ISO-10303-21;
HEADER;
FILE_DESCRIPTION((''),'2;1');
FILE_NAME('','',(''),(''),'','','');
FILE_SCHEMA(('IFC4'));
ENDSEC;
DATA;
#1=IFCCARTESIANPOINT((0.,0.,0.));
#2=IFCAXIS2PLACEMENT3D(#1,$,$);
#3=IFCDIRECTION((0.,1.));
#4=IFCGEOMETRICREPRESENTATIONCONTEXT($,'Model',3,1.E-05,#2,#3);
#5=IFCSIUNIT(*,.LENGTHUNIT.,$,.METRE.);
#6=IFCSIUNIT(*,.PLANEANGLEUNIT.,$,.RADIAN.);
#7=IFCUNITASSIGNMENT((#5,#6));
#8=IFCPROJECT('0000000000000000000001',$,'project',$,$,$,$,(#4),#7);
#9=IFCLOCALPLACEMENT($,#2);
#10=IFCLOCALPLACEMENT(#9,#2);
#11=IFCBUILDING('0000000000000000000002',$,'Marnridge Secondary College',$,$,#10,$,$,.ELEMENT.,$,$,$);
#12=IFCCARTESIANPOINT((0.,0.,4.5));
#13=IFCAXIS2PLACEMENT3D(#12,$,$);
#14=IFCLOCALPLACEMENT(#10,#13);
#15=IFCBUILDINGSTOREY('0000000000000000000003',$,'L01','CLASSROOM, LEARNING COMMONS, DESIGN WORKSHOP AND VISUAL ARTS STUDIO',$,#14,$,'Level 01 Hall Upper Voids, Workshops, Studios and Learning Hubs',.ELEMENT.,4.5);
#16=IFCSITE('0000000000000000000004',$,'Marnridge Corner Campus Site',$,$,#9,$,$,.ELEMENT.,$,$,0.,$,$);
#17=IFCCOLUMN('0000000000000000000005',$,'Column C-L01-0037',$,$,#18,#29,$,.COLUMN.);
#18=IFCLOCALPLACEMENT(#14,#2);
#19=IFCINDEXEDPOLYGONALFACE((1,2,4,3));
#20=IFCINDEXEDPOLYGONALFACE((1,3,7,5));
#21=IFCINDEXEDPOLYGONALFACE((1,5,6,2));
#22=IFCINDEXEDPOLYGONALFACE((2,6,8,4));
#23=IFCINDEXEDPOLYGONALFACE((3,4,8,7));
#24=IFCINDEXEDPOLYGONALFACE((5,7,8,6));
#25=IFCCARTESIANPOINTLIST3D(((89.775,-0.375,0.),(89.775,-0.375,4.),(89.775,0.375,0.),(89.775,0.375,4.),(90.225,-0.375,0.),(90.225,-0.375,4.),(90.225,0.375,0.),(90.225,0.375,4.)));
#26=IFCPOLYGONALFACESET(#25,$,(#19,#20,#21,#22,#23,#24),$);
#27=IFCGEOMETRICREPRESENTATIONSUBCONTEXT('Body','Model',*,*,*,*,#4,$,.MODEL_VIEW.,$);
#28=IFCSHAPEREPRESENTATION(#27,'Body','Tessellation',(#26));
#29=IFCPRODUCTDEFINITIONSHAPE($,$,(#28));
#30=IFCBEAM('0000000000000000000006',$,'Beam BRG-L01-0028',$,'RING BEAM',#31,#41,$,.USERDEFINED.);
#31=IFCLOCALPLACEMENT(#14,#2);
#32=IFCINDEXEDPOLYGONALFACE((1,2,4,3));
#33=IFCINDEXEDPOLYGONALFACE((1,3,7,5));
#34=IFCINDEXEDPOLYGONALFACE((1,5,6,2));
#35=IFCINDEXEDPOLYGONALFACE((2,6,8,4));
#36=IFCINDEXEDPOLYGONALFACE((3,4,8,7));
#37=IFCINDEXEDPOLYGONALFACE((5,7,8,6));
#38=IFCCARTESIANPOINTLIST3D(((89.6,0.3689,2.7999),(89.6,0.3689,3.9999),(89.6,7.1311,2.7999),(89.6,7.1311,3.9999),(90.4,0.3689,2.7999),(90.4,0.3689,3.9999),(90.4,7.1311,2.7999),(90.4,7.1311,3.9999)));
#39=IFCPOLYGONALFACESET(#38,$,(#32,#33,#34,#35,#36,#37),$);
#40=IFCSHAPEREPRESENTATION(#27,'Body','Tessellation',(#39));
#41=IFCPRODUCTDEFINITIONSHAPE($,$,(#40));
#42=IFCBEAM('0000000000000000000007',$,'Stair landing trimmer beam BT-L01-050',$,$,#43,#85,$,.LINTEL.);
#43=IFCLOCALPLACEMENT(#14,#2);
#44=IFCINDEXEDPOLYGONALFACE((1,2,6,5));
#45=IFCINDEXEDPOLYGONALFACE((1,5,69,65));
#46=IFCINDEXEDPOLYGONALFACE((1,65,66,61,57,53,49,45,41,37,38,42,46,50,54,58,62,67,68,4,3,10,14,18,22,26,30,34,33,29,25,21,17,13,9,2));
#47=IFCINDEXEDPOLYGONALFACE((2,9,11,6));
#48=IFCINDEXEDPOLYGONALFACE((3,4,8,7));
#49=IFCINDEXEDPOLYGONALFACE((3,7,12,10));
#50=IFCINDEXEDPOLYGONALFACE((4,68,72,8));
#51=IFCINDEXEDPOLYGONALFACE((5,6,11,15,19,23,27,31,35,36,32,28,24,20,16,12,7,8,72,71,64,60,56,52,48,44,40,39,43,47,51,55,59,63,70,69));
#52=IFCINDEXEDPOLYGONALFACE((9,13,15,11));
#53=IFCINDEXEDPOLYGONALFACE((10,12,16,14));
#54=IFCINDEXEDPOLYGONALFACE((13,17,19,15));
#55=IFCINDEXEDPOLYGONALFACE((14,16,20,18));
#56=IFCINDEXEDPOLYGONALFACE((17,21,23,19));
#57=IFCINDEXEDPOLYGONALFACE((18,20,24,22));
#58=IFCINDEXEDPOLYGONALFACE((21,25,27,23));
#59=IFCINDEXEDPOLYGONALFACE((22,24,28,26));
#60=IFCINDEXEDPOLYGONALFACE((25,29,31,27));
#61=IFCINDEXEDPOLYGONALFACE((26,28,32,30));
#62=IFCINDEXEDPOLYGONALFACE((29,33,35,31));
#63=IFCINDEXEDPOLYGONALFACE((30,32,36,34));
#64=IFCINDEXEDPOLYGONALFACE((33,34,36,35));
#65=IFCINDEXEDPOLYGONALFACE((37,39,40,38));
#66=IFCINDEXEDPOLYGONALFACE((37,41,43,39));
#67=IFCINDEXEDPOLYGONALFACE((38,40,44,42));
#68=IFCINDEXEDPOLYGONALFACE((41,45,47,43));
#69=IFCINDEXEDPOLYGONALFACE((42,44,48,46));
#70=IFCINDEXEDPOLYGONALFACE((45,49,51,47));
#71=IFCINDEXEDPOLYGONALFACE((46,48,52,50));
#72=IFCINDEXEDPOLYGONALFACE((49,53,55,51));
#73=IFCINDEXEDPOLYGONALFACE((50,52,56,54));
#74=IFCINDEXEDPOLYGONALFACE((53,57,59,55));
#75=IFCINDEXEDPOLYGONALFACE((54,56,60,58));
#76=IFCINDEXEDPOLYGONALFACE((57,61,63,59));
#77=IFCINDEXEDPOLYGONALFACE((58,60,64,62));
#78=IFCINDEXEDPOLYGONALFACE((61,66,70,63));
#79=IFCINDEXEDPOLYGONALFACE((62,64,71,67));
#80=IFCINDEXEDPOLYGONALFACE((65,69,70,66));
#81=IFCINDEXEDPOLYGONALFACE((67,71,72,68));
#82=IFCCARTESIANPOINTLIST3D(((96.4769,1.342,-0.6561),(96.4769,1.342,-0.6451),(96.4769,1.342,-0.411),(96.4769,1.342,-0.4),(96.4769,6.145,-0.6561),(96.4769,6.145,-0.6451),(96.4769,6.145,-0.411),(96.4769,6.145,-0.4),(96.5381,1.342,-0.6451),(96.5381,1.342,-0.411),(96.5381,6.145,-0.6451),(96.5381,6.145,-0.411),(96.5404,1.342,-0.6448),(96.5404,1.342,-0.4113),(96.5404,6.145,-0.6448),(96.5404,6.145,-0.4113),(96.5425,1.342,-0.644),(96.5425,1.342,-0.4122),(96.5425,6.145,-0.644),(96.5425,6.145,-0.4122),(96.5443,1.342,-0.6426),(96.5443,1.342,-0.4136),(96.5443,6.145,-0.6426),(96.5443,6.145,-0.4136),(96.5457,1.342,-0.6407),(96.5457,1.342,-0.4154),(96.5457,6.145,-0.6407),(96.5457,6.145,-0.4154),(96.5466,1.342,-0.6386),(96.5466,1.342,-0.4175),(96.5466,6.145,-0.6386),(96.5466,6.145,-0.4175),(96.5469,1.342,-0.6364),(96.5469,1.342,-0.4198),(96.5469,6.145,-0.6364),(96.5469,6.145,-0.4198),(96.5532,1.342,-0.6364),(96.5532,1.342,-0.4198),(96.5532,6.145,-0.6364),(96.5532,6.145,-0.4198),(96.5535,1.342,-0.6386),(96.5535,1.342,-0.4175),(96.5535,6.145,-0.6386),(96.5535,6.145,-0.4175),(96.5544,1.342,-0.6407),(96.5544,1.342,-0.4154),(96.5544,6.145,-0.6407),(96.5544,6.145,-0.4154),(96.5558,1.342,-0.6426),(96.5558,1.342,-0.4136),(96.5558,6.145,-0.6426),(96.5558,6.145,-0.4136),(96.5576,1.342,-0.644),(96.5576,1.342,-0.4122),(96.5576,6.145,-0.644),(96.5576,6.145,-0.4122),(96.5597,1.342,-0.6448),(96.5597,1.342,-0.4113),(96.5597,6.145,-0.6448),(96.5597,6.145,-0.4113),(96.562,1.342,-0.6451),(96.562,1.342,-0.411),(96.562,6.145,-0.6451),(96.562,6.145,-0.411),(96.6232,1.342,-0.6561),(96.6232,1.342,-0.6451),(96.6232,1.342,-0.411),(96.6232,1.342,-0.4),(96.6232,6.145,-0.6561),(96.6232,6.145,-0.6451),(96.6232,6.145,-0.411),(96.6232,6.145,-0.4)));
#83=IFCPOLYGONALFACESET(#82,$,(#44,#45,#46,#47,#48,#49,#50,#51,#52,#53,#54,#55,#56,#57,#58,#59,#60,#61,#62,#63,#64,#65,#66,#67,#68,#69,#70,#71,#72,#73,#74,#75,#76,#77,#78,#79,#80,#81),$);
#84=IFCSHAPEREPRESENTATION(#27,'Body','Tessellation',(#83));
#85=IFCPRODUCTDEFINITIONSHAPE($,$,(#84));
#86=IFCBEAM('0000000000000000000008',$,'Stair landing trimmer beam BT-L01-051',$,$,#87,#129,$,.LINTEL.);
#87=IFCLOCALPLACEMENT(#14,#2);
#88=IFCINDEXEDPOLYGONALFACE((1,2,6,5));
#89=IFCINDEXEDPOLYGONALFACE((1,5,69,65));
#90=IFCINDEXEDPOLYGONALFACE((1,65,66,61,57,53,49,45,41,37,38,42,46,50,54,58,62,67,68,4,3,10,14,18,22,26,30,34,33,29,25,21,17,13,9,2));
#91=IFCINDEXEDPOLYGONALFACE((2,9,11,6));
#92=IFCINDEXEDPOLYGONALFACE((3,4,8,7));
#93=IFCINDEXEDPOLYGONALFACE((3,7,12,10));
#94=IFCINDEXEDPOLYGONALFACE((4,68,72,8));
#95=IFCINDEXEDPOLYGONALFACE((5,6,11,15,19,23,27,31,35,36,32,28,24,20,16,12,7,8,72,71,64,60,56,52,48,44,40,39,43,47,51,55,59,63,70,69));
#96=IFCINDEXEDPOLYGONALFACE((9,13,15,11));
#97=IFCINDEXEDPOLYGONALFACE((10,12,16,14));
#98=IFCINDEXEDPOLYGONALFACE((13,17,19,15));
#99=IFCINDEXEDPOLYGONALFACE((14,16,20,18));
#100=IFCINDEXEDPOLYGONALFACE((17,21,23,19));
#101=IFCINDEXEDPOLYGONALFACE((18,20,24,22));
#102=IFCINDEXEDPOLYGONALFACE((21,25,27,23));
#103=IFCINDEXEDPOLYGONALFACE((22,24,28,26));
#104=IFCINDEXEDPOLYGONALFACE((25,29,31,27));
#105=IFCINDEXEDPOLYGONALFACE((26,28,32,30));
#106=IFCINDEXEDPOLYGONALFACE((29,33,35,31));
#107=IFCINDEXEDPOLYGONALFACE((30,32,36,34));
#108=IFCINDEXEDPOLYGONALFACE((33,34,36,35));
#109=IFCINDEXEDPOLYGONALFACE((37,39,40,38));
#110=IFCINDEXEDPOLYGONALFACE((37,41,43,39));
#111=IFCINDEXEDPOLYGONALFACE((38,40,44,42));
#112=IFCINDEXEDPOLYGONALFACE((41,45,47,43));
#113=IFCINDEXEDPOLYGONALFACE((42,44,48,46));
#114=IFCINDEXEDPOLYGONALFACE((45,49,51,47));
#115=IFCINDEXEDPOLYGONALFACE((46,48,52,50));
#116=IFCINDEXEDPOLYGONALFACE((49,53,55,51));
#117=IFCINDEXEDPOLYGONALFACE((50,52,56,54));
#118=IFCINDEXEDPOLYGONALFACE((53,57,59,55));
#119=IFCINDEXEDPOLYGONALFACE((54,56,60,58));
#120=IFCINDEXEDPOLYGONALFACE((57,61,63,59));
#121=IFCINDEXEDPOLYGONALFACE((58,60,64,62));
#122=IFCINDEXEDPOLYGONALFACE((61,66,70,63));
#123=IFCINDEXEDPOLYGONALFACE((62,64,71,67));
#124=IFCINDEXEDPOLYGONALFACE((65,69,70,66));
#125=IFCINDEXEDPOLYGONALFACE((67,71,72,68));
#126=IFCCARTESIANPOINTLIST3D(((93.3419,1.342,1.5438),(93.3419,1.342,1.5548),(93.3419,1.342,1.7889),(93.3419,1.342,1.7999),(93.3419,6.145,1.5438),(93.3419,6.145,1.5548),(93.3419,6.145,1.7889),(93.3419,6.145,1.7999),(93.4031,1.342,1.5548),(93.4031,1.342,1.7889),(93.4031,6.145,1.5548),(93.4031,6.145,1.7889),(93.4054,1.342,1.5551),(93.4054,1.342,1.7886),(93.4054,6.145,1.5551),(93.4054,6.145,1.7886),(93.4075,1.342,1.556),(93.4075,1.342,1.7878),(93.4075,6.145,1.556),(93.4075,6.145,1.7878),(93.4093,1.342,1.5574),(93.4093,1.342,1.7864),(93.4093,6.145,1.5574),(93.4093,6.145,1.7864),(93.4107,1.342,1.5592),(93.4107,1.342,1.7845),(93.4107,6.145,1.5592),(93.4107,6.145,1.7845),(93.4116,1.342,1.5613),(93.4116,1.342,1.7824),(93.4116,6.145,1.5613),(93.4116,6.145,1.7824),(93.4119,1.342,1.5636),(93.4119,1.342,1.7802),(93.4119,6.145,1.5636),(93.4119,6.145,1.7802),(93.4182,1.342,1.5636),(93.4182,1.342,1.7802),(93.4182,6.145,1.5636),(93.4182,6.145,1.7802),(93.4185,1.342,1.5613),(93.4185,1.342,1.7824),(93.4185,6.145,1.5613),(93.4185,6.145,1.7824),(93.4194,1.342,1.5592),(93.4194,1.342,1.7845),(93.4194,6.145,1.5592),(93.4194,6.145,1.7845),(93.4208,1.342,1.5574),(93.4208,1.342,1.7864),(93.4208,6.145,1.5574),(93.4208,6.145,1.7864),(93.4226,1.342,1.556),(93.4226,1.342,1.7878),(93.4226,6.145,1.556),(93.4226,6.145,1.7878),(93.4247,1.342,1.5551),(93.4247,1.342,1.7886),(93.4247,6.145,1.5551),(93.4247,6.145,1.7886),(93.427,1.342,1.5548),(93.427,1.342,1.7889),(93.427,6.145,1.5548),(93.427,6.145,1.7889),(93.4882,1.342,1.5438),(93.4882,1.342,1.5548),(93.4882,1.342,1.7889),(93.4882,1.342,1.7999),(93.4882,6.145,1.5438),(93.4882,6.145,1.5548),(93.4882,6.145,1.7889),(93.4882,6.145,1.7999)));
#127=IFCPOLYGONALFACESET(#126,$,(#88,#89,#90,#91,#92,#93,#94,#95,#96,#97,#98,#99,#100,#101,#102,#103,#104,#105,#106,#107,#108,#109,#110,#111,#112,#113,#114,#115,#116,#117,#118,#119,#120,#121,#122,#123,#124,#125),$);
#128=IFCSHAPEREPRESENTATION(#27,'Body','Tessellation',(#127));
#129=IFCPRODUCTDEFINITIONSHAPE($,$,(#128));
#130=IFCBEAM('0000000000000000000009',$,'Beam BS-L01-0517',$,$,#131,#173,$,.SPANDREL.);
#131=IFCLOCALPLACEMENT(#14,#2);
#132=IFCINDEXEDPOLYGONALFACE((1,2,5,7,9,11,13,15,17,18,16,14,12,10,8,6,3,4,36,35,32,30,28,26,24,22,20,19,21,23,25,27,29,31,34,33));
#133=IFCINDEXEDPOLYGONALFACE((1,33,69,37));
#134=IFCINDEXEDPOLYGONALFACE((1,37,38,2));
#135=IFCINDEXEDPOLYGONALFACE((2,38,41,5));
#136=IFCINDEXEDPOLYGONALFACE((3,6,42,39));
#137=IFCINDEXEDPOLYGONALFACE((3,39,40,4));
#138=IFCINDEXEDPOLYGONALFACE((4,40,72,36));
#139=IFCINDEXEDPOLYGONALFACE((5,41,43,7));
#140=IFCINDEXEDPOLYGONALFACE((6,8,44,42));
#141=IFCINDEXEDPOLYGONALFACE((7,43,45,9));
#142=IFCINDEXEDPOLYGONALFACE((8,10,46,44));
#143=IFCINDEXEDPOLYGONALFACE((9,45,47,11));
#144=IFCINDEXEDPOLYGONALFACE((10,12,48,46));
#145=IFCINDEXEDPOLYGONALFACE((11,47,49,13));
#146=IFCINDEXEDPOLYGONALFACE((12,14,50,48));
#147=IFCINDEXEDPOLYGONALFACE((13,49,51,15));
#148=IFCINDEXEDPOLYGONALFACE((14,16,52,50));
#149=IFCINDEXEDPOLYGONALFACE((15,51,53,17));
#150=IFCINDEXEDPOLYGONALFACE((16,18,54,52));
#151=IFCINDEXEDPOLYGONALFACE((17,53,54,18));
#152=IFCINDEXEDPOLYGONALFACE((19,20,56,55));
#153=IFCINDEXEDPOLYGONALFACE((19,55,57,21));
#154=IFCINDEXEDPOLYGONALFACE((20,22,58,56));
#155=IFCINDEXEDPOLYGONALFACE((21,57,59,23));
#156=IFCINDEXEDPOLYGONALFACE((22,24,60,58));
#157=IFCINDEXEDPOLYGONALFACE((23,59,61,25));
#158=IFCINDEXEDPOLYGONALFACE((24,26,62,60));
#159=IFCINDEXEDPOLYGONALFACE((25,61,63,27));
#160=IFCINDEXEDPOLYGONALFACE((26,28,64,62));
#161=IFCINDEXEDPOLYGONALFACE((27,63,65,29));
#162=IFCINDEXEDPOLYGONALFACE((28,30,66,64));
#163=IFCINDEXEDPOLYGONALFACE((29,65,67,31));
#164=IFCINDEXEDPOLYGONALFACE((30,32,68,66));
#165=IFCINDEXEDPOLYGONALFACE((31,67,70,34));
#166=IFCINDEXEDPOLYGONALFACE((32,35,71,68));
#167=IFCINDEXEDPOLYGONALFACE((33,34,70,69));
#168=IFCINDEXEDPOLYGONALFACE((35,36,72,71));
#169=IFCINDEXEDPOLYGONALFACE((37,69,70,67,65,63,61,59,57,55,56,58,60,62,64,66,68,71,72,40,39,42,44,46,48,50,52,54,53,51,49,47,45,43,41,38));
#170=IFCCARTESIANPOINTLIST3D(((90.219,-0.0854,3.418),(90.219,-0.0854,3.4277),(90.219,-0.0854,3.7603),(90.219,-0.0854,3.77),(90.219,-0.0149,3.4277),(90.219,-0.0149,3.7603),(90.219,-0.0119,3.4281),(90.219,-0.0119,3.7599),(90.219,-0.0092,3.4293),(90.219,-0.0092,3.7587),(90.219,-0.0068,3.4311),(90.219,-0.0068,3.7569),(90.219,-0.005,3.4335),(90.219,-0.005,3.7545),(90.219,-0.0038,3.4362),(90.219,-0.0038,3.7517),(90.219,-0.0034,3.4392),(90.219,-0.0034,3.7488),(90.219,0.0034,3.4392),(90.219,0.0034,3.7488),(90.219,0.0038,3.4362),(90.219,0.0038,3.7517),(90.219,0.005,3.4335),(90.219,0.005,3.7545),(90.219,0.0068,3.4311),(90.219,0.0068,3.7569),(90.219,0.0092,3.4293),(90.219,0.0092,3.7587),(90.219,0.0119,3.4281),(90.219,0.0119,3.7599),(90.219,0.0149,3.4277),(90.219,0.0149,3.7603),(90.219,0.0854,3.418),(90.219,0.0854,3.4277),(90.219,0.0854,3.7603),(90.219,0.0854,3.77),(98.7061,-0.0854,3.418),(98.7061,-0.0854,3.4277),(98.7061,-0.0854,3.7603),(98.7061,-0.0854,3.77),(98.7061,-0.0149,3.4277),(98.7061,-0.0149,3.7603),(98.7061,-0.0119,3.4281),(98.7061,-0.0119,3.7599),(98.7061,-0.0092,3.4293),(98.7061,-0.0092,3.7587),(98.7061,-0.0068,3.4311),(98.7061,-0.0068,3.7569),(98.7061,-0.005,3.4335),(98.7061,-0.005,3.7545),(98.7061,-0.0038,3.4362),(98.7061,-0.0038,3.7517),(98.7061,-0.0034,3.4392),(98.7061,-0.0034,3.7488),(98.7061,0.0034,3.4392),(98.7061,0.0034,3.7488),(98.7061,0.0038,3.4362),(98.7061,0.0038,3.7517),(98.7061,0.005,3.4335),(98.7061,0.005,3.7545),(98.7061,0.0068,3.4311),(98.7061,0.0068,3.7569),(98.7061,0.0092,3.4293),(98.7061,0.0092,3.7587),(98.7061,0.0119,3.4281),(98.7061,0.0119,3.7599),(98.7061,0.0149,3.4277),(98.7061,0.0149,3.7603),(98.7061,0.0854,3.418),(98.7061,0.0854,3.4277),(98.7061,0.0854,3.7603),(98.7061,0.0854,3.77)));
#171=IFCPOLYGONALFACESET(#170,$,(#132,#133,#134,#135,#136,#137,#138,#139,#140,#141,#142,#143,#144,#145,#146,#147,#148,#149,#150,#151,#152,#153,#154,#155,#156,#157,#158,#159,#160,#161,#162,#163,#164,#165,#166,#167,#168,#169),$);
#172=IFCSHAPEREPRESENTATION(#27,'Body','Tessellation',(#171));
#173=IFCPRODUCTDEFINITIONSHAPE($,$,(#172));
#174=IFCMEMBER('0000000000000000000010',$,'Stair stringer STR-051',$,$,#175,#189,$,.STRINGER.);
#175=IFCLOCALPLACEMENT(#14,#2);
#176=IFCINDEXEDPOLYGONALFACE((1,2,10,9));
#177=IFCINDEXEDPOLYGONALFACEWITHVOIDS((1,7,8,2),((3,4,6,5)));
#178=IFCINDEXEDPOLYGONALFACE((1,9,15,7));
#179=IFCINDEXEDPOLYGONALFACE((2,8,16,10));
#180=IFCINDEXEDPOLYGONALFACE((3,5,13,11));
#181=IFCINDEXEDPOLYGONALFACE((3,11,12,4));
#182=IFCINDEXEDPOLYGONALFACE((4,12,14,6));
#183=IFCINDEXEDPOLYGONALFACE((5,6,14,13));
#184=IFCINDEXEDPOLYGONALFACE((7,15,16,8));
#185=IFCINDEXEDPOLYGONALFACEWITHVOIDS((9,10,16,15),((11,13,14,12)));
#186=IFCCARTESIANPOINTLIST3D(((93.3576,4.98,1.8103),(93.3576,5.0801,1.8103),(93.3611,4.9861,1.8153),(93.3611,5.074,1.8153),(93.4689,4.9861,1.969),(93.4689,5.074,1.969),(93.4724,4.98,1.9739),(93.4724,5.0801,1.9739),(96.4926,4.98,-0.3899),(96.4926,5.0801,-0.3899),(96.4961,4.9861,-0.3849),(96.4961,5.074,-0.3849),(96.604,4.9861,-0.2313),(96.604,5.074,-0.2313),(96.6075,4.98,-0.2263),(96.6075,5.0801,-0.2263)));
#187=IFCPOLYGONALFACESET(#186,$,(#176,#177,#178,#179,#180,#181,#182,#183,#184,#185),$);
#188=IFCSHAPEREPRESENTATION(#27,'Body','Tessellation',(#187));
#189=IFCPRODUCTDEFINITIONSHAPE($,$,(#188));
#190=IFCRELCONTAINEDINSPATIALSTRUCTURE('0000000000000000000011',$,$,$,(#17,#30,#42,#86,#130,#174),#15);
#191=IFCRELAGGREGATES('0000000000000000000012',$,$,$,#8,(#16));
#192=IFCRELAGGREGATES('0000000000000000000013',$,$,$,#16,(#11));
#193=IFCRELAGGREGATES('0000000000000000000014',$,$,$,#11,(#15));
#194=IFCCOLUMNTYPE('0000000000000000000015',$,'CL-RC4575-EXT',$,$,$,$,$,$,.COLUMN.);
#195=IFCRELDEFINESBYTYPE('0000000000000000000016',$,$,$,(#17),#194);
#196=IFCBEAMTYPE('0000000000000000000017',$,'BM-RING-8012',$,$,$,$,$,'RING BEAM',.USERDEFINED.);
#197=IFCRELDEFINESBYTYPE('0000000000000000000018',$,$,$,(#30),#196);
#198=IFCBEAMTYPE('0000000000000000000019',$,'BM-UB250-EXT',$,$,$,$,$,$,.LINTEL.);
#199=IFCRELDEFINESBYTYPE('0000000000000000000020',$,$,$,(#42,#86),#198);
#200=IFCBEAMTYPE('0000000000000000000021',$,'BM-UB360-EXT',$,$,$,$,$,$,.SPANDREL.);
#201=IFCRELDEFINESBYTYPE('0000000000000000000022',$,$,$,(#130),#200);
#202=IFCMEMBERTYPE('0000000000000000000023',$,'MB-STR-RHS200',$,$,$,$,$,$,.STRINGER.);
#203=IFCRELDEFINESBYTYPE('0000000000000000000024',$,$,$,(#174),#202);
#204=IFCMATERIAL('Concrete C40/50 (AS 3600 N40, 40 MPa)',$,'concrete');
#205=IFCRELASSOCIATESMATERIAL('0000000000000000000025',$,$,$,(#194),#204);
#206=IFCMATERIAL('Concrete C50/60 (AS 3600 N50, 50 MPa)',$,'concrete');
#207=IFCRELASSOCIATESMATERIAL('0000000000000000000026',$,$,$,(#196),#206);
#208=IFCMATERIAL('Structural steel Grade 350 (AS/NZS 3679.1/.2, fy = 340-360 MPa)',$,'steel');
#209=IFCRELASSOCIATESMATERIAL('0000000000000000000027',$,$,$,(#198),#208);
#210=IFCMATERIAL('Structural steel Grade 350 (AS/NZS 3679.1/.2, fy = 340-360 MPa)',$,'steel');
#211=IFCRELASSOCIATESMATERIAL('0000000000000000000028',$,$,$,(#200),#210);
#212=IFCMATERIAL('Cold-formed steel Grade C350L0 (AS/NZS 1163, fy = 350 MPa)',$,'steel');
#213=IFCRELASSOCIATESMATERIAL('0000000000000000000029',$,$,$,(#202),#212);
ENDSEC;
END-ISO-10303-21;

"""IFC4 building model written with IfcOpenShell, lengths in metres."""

from ifc_helpers import new_model, si_unit, direction, frame, origin, origin_2d, place, context, subcontext, project, spatial, rectangle, hollow_rectangle, i_section, extrude, material, material_profile, profile_set, type_object, element, save


model = new_model("IFC4")

# Units and contexts
model_context = context("Model", 3, precision=1e-05, world=origin(), true_north=direction((0.0, 1.0)))
body_context = subcontext(model_context, "Body", "Model", "MODEL_VIEW")
ifc_project = project(units=[si_unit("LENGTHUNIT", "METRE"), si_unit("PLANEANGLEUNIT", "RADIAN")], contexts=[model_context])

# Site, building, storey
site_placement = place(None, origin())
site = spatial("IfcSite", under=ifc_project, at=site_placement, Name="Marnridge Corner Campus Site", CompositionType="ELEMENT", RefElevation=0.0)
building_placement = place(site_placement, origin())
building = spatial("IfcBuilding", under=site, at=building_placement, Name="Marnridge Secondary College", CompositionType="ELEMENT")
storey_placement = place(building_placement, frame((0.0, 0.0, 4.5)))
storey = spatial("IfcBuildingStorey", under=building, at=storey_placement, Name="L01", Description="CLASSROOM, LEARNING COMMONS, DESIGN WORKSHOP AND VISUAL ARTS STUDIO", LongName="Level 01 Hall Upper Voids, Workshops, Studios and Learning Hubs", CompositionType="ELEMENT", Elevation=4.5)

# Column
ifc_material_1 = material(Name="Concrete C40/50 (AS 3600 N40, 40 MPa)", Category="concrete")
ifc_material_profile_1 = material_profile(ifc_material_1, rectangle(XDim=0.45, YDim=0.75, at=origin_2d()), Name="RC 450x750")
ifc_profile_set_1 = profile_set([ifc_material_profile_1], Name="Concrete C40/50 (AS 3600 N40, 40 MPa)")
column_type = type_object("IfcColumnType", Name="CL-RC4575-EXT", PredefinedType="COLUMN", material=ifc_profile_set_1)
column_placement = place(storey_placement, frame((90.0, 0.0, 0.0), z_axis=(0.0, 0.0, 1.0), x_axis=(1.0, 0.0, 0.0)))
element("IfcColumn", 1, at=column_placement, inside=storey, type_object=column_type, Name="Column C-L01-0037", PredefinedType="COLUMN", context=body_context, shape_type="SweptSolid", body=[
    extrude(rectangle(XDim=0.45, YDim=0.75, at=origin_2d()), origin(), (0.0, 0.0, 1.0), 4.0),
])

# Beams
ifc_material_2 = material(Name="Concrete C50/60 (AS 3600 N50, 50 MPa)", Category="concrete")
ifc_material_profile_2 = material_profile(ifc_material_2, rectangle(XDim=0.8, YDim=1.2, at=origin_2d()), Name="RC 800x1200")
ifc_profile_set_2 = profile_set([ifc_material_profile_2], Name="Concrete C50/60 (AS 3600 N50, 50 MPa)")
beam_type_1 = type_object("IfcBeamType", Name="BM-RING-8012", ElementType="RING BEAM", PredefinedType="USERDEFINED", material=ifc_profile_set_2)
beam_1_placement = place(storey_placement, frame((90.0, 0.3689, 3.3999), z_axis=(0.0, 1.0, 0.0), x_axis=(-1.0, 0.0, 0.0)))
element("IfcBeam", 2, at=beam_1_placement, inside=storey, type_object=beam_type_1, Name="Beam BRG-L01-0028", ObjectType="RING BEAM", PredefinedType="USERDEFINED", context=body_context, shape_type="SweptSolid", body=[
    extrude(rectangle(XDim=0.8, YDim=1.2, at=origin_2d()), origin(), (0.0, 0.0, 1.0), 6.7622),
])
ifc_material_3 = material(Name="Structural steel Grade 350 (AS/NZS 3679.1/.2, fy = 340-360 MPa)", Category="steel")
ifc_material_profile_3 = material_profile(ifc_material_3, i_section(OverallWidth=0.1462, OverallDepth=0.2561, WebThickness=0.0063, FlangeThickness=0.011, FilletRadius=0.0088, at=origin_2d()), Name="250UB37.3")
ifc_profile_set_3 = profile_set([ifc_material_profile_3], Name="Structural steel Grade 350 (AS/NZS 3679.1/.2, fy = 340-360 MPa)")
beam_type_2 = type_object("IfcBeamType", Name="BM-UB250-EXT", PredefinedType="LINTEL", material=ifc_profile_set_3)
for number, where, z_axis, x_axis, name in (
    (3, (96.55, 1.342, -0.5281), (0.0, 1.0, 0.0), (-1.0, 0.0, 0.0), "Stair landing trimmer beam BT-L01-050"),
    (4, (93.415, 1.342, 1.6719), (0.0, 1.0, 0.0), (-1.0, 0.0, 0.0), "Stair landing trimmer beam BT-L01-051"),
):
    element("IfcBeam", number, at=place(storey_placement, frame(where, z_axis=z_axis, x_axis=x_axis)), inside=storey, type_object=beam_type_2, Name=name, PredefinedType="LINTEL", context=body_context, shape_type="SweptSolid", body=[
        extrude(i_section(OverallWidth=0.1462, OverallDepth=0.2561, WebThickness=0.0063, FlangeThickness=0.011, FilletRadius=0.0088, at=origin_2d()), origin(), (0.0, 0.0, 1.0), 4.803),
    ])
ifc_material_4 = material(Name="Structural steel Grade 350 (AS/NZS 3679.1/.2, fy = 340-360 MPa)", Category="steel")
ifc_material_profile_4 = material_profile(ifc_material_4, i_section(OverallWidth=0.1709, OverallDepth=0.3521, WebThickness=0.0068, FlangeThickness=0.0098, FilletRadius=0.0115, at=origin_2d()), Name="360UB44.7")
ifc_profile_set_4 = profile_set([ifc_material_profile_4], Name="Structural steel Grade 350 (AS/NZS 3679.1/.2, fy = 340-360 MPa)")
beam_type_3 = type_object("IfcBeamType", Name="BM-UB360-EXT", PredefinedType="SPANDREL", material=ifc_profile_set_4)
beam_2_placement = place(storey_placement, frame((90.219, 0.0, 3.594), z_axis=(1.0, 0.0, 0.0), x_axis=(0.0, 1.0, 0.0)))
element("IfcBeam", 5, at=beam_2_placement, inside=storey, type_object=beam_type_3, Name="Beam BS-L01-0517", PredefinedType="SPANDREL", context=body_context, shape_type="SweptSolid", body=[
    extrude(i_section(OverallWidth=0.1709, OverallDepth=0.3521, WebThickness=0.0068, FlangeThickness=0.0098, FilletRadius=0.0115, at=origin_2d()), origin(), (0.0, 0.0, 1.0), 8.4871),
])

# Member
ifc_material_5 = material(Name="Cold-formed steel Grade C350L0 (AS/NZS 1163, fy = 350 MPa)", Category="steel")
ifc_material_profile_5 = material_profile(ifc_material_5, hollow_rectangle(XDim=0.1001, YDim=0.2, WallThickness=0.0061, at=origin_2d()), Name="200x100x6.0RHS")
ifc_profile_set_5 = profile_set([ifc_material_profile_5], Name="Cold-formed steel Grade C350L0 (AS/NZS 1163, fy = 350 MPa)")
member_type = type_object("IfcMemberType", Name="MB-STR-RHS200", PredefinedType="STRINGER", material=ifc_profile_set_5)
member_1_placement = place(storey_placement, frame((96.55, 5.03, -0.3081), z_axis=(-0.818534, 0.0, 0.574459), x_axis=(0.0, -1.0, 0.0)))
element("IfcMember", 6, at=member_1_placement, inside=storey, type_object=member_type, Name="Stair stringer STR-051", PredefinedType="STRINGER", context=body_context, shape_type="SweptSolid", body=[
    extrude(hollow_rectangle(XDim=0.1001, YDim=0.2, WallThickness=0.0061, at=origin_2d()), origin(), (0.0, 0.0, 1.0), 3.8301),
])

save(model, "model.ifc")
